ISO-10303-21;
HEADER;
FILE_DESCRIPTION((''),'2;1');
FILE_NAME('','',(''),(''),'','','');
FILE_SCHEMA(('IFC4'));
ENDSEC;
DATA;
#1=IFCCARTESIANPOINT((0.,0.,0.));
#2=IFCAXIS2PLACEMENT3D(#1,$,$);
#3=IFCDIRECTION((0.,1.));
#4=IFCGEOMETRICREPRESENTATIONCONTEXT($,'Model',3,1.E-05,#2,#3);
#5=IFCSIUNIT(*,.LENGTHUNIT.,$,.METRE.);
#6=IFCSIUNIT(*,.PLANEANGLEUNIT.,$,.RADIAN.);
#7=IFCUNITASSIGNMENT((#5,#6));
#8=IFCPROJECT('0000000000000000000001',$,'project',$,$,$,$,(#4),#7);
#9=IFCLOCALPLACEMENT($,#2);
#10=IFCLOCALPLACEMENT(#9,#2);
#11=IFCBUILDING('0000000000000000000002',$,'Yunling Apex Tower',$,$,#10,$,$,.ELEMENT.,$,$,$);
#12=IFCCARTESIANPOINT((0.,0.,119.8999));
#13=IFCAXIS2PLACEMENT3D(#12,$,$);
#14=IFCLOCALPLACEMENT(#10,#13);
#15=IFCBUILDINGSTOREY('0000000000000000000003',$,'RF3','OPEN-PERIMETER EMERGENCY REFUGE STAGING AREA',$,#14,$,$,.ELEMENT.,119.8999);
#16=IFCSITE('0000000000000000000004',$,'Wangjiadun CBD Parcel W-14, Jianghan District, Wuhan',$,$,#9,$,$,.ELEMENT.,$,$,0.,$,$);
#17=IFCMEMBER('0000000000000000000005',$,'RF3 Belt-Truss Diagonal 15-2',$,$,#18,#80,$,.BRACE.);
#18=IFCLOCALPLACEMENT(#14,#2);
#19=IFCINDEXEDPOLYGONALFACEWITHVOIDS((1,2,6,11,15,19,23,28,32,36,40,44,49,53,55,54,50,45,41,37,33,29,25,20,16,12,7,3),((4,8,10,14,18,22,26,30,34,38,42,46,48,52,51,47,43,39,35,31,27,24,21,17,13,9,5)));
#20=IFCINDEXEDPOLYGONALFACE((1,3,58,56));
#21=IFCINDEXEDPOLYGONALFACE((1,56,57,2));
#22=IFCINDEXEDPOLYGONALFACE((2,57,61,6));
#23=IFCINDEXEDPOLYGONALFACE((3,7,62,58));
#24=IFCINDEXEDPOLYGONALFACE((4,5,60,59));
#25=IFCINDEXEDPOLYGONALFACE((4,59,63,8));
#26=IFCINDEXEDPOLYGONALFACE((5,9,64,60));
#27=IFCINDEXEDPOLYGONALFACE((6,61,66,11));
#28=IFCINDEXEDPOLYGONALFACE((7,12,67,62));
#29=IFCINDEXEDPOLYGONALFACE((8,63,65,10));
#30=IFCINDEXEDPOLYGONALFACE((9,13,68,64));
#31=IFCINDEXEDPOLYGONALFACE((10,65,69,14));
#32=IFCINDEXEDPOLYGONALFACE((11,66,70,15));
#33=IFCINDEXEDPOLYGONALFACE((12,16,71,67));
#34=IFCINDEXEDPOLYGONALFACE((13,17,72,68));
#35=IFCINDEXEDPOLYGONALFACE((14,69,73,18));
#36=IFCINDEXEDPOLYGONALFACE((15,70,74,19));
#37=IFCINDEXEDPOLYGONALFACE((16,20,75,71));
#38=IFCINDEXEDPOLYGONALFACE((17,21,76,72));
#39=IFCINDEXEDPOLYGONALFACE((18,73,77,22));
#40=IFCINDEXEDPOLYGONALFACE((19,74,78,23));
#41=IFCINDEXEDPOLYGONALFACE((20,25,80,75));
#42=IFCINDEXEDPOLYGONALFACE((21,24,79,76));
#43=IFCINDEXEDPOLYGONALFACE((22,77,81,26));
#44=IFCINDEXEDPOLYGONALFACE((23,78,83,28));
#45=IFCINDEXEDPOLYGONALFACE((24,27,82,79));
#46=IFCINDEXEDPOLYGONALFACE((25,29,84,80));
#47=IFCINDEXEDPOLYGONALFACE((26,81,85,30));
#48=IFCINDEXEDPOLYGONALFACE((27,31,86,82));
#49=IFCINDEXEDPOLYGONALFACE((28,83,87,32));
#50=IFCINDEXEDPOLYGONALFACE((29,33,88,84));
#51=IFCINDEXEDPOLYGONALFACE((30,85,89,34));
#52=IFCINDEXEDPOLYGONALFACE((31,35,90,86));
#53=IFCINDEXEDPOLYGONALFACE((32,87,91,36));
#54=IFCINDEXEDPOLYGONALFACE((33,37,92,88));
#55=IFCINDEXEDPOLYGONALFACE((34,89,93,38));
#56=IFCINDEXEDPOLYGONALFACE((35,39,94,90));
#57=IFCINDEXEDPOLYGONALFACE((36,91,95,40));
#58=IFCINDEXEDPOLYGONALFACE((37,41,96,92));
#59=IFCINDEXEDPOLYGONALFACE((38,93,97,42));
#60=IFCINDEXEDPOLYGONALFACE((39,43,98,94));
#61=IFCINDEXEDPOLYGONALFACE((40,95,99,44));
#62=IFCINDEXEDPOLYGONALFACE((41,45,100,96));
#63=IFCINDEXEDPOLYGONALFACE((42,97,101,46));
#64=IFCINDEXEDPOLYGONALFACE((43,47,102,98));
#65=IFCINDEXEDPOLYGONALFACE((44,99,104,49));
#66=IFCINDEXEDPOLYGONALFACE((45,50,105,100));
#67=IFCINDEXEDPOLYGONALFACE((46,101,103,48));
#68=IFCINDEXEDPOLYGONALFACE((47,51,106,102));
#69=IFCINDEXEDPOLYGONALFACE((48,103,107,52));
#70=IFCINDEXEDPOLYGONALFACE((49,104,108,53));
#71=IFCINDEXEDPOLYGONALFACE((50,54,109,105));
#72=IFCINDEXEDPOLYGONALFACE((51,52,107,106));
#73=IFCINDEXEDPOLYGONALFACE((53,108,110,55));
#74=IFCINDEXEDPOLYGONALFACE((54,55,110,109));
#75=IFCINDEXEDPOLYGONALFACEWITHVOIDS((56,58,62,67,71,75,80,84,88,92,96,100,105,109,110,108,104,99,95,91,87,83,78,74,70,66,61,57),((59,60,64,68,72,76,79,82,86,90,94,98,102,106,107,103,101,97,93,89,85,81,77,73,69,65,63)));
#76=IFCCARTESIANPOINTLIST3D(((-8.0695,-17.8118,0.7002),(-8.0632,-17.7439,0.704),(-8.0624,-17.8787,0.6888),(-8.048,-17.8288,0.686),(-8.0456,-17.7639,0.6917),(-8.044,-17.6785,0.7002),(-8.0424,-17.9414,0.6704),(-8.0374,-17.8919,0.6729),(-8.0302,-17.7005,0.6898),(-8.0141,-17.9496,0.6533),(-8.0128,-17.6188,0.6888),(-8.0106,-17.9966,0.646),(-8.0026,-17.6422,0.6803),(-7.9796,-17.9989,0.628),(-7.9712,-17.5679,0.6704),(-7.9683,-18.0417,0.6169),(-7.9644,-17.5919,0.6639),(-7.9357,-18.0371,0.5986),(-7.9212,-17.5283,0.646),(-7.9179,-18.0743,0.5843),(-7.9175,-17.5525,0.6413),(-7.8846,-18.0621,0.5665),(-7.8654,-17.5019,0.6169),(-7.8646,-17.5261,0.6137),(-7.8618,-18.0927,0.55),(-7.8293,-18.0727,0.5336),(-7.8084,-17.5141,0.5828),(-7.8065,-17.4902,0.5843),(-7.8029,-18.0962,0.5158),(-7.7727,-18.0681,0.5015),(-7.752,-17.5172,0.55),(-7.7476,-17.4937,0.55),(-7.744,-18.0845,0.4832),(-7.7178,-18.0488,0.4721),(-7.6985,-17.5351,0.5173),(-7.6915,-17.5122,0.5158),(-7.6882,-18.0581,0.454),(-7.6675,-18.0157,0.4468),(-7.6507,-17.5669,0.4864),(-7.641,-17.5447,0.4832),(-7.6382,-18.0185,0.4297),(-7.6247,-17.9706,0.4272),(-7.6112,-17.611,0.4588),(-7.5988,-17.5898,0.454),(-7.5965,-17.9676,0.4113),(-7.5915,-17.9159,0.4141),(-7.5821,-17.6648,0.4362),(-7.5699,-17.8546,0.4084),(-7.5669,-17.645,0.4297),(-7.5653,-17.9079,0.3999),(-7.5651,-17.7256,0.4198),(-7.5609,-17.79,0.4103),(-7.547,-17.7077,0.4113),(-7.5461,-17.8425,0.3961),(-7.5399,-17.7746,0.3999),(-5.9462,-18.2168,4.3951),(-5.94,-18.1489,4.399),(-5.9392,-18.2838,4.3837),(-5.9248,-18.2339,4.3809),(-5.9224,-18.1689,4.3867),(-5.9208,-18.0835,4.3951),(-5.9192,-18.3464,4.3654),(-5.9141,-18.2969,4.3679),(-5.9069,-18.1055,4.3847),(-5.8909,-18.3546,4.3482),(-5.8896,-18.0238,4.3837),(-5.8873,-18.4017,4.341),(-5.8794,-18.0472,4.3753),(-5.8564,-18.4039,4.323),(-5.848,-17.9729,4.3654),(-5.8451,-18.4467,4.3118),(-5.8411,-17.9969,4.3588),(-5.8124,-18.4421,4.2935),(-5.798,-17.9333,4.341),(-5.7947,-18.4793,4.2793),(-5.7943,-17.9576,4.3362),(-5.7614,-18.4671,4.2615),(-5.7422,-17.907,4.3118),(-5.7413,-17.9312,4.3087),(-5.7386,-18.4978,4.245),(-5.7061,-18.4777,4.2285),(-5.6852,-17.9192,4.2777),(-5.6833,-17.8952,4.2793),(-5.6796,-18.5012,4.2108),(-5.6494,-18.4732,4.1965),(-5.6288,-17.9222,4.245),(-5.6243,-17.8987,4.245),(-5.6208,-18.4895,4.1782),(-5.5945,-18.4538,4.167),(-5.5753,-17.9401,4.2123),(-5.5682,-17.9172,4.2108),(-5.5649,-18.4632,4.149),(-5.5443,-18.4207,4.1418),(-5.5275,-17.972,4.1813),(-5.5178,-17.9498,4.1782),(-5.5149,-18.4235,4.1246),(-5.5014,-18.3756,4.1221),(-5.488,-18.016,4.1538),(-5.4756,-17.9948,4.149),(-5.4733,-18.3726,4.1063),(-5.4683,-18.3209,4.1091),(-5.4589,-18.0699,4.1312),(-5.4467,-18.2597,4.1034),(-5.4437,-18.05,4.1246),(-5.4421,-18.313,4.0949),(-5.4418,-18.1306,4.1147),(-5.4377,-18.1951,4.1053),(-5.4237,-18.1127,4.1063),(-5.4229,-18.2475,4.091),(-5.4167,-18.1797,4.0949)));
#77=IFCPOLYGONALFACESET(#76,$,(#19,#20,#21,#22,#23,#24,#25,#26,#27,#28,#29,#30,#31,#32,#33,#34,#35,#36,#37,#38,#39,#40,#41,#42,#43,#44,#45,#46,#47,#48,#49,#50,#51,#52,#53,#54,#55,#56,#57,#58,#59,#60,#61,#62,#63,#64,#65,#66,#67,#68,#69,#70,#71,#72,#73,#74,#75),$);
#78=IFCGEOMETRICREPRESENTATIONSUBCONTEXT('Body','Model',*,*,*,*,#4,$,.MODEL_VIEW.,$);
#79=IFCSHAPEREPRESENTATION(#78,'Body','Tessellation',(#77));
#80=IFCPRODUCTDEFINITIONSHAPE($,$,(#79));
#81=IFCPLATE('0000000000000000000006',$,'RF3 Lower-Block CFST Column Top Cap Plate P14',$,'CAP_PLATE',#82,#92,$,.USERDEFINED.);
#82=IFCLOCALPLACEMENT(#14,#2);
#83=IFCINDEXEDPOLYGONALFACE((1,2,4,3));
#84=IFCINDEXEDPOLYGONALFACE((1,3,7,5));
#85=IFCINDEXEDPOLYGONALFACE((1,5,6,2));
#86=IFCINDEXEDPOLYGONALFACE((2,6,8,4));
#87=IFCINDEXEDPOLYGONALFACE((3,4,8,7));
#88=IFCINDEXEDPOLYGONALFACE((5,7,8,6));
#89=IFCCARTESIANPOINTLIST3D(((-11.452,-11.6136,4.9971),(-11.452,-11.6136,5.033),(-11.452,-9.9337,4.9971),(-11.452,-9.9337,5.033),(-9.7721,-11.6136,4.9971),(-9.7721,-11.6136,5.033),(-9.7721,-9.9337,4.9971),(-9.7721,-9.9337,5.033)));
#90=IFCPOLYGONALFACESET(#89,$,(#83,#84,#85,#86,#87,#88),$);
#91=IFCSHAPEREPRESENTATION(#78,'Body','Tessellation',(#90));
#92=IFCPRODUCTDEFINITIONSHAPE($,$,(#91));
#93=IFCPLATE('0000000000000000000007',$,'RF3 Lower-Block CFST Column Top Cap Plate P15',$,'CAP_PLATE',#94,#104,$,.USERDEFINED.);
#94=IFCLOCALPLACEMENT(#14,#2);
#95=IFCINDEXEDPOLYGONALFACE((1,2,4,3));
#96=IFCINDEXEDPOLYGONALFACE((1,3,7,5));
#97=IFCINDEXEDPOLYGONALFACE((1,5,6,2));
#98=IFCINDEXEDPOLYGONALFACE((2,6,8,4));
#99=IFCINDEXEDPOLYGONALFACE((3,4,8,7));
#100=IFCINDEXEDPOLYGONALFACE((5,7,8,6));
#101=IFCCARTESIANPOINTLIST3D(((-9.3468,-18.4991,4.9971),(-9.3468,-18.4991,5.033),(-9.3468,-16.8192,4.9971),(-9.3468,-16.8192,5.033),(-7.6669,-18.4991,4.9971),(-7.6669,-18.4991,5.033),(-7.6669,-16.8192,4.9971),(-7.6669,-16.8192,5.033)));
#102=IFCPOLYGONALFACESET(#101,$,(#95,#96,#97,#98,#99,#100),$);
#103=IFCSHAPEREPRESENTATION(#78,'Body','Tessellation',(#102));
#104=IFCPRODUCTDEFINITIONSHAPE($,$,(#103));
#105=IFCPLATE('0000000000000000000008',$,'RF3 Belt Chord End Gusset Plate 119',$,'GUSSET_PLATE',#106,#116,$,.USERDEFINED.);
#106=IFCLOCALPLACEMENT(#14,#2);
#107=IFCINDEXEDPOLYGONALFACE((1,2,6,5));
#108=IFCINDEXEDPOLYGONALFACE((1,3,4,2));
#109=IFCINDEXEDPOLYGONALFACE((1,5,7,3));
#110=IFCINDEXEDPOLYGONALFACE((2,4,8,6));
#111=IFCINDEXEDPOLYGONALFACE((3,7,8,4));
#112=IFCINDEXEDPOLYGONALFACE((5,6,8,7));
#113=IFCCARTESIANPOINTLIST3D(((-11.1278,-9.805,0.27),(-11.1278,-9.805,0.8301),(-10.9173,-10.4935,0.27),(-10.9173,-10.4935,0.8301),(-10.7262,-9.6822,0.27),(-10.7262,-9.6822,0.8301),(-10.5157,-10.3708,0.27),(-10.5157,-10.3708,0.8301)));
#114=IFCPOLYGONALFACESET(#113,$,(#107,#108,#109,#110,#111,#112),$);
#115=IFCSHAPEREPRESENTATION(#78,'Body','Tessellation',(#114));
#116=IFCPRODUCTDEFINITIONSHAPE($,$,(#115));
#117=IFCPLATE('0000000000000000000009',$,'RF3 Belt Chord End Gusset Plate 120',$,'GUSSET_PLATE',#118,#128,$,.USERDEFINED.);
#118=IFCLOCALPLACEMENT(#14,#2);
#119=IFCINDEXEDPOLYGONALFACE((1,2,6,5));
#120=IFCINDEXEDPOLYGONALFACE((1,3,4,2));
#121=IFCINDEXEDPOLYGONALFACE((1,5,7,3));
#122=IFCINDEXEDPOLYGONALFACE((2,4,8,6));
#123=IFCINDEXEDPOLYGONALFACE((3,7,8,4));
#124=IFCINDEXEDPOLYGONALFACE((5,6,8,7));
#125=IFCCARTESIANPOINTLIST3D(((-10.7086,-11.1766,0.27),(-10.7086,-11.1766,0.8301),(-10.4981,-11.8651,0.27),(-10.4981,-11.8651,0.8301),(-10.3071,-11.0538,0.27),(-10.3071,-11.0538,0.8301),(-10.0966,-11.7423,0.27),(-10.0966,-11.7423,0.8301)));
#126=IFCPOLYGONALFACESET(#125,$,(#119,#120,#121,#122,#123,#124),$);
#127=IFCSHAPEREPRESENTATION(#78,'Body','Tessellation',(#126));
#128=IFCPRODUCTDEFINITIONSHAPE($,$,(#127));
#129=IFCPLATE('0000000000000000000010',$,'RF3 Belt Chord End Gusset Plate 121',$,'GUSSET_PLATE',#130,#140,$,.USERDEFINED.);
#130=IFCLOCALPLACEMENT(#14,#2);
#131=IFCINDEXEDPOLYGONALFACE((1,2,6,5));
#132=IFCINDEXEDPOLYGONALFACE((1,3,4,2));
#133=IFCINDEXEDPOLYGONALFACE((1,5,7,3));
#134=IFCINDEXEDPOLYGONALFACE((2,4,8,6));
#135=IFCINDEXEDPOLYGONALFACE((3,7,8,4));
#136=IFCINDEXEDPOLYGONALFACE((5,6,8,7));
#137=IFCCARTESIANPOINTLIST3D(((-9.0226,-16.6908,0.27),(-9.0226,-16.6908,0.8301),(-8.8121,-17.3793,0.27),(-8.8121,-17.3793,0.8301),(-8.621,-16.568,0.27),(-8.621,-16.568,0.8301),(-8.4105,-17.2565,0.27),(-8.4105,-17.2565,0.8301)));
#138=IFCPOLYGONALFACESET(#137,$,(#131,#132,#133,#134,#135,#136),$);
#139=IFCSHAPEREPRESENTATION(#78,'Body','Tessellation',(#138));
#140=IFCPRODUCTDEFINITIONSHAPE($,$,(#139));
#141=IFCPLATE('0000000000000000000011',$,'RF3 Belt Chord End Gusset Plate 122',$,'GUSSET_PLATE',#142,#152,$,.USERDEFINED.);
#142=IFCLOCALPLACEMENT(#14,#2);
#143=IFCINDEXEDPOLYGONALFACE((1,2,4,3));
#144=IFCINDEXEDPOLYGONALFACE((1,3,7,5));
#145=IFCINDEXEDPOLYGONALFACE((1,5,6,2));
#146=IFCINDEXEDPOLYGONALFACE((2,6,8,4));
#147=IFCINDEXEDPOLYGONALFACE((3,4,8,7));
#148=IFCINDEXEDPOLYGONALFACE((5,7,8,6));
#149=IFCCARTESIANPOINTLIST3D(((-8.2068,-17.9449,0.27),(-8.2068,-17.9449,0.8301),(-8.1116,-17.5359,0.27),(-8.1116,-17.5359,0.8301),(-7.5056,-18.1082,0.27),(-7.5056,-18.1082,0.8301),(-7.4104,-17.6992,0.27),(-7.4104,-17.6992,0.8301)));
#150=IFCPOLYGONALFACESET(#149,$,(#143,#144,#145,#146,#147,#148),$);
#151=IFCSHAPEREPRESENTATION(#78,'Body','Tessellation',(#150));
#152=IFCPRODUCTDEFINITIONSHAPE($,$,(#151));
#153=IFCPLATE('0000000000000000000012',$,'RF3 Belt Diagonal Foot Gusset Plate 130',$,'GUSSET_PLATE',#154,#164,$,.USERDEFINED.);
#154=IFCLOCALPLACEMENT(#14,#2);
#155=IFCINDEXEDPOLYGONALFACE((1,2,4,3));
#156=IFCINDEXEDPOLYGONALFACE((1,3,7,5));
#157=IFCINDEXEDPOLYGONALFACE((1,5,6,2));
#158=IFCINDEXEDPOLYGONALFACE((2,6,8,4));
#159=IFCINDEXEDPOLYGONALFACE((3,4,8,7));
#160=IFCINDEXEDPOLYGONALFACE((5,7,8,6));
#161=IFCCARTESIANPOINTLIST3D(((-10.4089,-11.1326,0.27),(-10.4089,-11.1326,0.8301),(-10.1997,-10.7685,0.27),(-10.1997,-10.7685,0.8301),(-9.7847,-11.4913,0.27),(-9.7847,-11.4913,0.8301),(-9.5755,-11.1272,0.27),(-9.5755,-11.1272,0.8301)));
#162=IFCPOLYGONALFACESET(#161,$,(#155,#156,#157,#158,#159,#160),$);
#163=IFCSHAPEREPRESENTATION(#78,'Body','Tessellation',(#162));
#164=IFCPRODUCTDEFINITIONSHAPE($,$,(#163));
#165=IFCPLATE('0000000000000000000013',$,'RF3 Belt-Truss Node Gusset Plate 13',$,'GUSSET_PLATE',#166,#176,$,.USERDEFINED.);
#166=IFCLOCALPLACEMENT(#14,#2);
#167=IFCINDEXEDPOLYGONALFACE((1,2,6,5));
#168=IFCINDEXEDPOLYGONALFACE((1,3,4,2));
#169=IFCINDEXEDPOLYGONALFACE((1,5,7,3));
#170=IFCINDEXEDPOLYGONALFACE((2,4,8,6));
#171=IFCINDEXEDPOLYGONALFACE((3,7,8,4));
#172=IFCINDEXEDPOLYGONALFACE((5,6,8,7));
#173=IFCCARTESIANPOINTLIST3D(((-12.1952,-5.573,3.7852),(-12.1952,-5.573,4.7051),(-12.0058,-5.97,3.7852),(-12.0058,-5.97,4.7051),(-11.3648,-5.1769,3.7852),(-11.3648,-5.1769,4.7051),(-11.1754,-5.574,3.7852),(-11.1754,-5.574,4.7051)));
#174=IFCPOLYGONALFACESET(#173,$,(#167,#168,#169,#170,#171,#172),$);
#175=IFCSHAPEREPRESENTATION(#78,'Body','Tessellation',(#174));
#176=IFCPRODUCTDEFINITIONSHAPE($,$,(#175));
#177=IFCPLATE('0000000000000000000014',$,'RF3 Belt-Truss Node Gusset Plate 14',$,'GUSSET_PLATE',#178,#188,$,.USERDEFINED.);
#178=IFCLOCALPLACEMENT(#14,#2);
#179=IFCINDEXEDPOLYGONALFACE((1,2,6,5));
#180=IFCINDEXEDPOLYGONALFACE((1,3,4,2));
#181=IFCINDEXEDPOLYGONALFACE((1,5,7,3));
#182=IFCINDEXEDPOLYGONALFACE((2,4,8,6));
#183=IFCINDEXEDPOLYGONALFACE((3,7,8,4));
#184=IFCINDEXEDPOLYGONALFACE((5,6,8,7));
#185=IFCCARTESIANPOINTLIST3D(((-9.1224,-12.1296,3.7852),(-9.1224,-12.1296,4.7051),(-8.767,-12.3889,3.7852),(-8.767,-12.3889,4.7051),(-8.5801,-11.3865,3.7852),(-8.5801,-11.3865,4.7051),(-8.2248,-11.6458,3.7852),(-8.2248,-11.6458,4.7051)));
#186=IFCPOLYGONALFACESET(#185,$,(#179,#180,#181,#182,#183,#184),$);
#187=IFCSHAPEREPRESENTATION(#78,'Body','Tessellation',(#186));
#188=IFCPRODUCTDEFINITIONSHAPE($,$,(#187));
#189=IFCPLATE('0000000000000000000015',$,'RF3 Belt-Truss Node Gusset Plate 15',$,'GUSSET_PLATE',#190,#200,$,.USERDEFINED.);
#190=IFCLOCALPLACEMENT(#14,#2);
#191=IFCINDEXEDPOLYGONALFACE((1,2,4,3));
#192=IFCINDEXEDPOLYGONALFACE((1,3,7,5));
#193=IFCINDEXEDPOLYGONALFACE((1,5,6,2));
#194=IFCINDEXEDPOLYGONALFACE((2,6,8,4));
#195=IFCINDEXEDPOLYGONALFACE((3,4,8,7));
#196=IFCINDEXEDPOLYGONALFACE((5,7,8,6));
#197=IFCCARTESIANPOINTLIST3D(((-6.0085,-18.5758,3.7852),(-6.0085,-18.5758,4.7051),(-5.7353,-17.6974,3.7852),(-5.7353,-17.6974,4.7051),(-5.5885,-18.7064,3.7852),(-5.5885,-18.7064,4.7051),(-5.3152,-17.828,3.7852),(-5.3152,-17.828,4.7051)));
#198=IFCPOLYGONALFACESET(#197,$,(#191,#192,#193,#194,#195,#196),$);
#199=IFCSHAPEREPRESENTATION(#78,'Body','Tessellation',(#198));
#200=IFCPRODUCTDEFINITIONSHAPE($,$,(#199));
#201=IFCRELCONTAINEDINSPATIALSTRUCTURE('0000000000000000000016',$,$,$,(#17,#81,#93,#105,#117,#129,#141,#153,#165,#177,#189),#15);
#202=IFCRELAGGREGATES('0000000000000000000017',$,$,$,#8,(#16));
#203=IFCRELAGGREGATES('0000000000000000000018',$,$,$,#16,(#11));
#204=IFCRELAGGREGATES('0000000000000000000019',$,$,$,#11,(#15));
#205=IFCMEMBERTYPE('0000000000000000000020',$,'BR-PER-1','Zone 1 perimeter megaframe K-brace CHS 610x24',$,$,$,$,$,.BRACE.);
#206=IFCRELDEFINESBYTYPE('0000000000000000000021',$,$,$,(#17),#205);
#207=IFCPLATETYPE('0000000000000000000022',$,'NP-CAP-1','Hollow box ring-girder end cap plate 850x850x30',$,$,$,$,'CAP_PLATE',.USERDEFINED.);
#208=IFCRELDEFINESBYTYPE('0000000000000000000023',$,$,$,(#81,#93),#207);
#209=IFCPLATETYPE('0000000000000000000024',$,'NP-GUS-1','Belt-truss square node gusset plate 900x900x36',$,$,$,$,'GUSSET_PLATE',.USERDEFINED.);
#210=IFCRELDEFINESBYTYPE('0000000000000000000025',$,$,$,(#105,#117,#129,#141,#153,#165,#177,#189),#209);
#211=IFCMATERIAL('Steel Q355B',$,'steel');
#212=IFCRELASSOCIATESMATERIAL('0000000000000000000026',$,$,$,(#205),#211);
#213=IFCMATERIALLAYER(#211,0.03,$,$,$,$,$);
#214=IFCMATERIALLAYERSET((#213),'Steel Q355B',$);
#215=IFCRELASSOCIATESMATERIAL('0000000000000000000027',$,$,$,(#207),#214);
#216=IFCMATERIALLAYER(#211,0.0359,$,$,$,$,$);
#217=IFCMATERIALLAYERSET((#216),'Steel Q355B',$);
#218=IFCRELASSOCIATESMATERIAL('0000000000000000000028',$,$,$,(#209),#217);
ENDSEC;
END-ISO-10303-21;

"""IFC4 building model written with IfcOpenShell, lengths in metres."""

from ifc_helpers import new_model, si_unit, direction, frame, origin, origin_2d, place, context, subcontext, project, spatial, rectangle, hollow_circle, extrude, source, transform, mapped, material, layer, layer_set, material_profile, profile_set, type_object, element, save


model = new_model("IFC4")

# Units and contexts
model_context = context("Model", 3, precision=1e-05, world=origin(), true_north=direction((0.0, 1.0)))
body_context = subcontext(model_context, "Body", "Model", "MODEL_VIEW")
ifc_project = project(units=[si_unit("LENGTHUNIT", "METRE"), si_unit("PLANEANGLEUNIT", "RADIAN")], contexts=[model_context])

# Site, building, storey
site_placement = place(None, origin())
site = spatial("IfcSite", under=ifc_project, at=site_placement, Name="Wangjiadun CBD Parcel W-14, Jianghan District, Wuhan", CompositionType="ELEMENT", RefElevation=0.0)
building_placement = place(site_placement, origin())
building = spatial("IfcBuilding", under=site, at=building_placement, Name="Yunling Apex Tower", CompositionType="ELEMENT")
storey_placement = place(building_placement, frame((0.0, 0.0, 119.8999)))
storey = spatial("IfcBuildingStorey", under=building, at=storey_placement, Name="RF3", Description="OPEN-PERIMETER EMERGENCY REFUGE STAGING AREA", CompositionType="ELEMENT", Elevation=119.8999)

# Shared definitions
ifc_material_1 = material(Name="Steel Q355B", Category="steel")

# Member
ifc_material_profile_1 = material_profile(ifc_material_1, hollow_circle(Radius=0.3049, WallThickness=0.0239, at=origin_2d()))
ifc_profile_set_1 = profile_set([ifc_material_profile_1], Name="Steel Q355B")
member_type_1 = type_object("IfcMemberType", Name="BR-PER-1", Description="Zone 1 perimeter megaframe K-brace CHS 610x24", PredefinedType="BRACE", material=ifc_profile_set_1)
shared_shape_1 = source(origin(), body_context, "Body", "SweptSolid", [
    extrude(hollow_circle(Radius=0.3049, WallThickness=0.0239, at=origin_2d()), origin(), (0.0, 0.0, 1.0), 4.2808),
])
member_1_placement = place(storey_placement, frame((-7.8047, -17.7932, 0.55), z_axis=(0.495994, -0.094614, 0.863156), x_axis=(0.187377, 0.982288, 0.0)))
element("IfcMember", 1, at=member_1_placement, inside=storey, type_object=member_type_1, Name="RF3 Belt-Truss Diagonal 15-2", PredefinedType="BRACE", context=body_context, shape_type="MappedRepresentation", body=[
    mapped(shared_shape_1, transform((0.0, 0.0, 0.0), scale=1.0)),
])

# Plates
ifc_layer_1 = layer(ifc_material_1, 0.03)
ifc_layer_set_1 = layer_set([ifc_layer_1], Name="Steel Q355B")
plate_type_1 = type_object("IfcPlateType", Name="NP-CAP-1", Description="Hollow box ring-girder end cap plate 850x850x30", ElementType="CAP_PLATE", PredefinedType="USERDEFINED", material=ifc_layer_set_1)
shared_shape_2 = source(origin(), body_context, "Body", "SweptSolid", [
    extrude(rectangle(XDim=1.6799, YDim=1.6799, at=origin_2d()), origin(), (0.0, 0.0, 1.0), 0.0359),
])
for number, where, z_axis, x_axis, name in (
    (2, (-10.6121, -10.7737, 4.9971), (0.0, 0.0, 1.0), (1.0, 0.0, 0.0), "RF3 Lower-Block CFST Column Top Cap Plate P14"),
    (3, (-8.5068, -17.6592, 4.9971), (0.0, 0.0, 1.0), (1.0, 0.0, 0.0), "RF3 Lower-Block CFST Column Top Cap Plate P15"),
):
    element("IfcPlate", number, at=place(storey_placement, frame(where, z_axis=z_axis, x_axis=x_axis)), inside=storey, type_object=plate_type_1, Name=name, ObjectType="CAP_PLATE", PredefinedType="USERDEFINED", context=body_context, shape_type="MappedRepresentation", body=[
        mapped(shared_shape_2, transform((0.0, 0.0, 0.0), scale=1.0)),
    ])
ifc_layer_2 = layer(ifc_material_1, 0.0359)
ifc_layer_set_2 = layer_set([ifc_layer_2], Name="Steel Q355B")
plate_type_2 = type_object("IfcPlateType", Name="NP-GUS-1", Description="Belt-truss square node gusset plate 900x900x36", ElementType="GUSSET_PLATE", PredefinedType="USERDEFINED", material=ifc_layer_set_2)
shared_shape_3 = source(origin(), body_context, "Body", "SweptSolid", [
    extrude(rectangle(XDim=0.72, YDim=0.4199, at=origin_2d()), origin(), (0.0, 0.0, 1.0), 0.5601),
])
for number, where, z_axis, x_axis, name in (
    (4, (-10.8218, -10.0879, 0.27), (0.0, 0.0, 1.0), (0.292372, -0.956305, 0.0), "RF3 Belt Chord End Gusset Plate 119"),
    (5, (-10.4026, -11.4595, 0.27), (0.0, 0.0, 1.0), (0.292372, -0.956305, 0.0), "RF3 Belt Chord End Gusset Plate 120"),
    (6, (-8.7166, -16.9736, 0.27), (0.0, 0.0, 1.0), (0.292372, -0.956305, 0.0), "RF3 Belt Chord End Gusset Plate 121"),
    (7, (-7.8086, -17.822, 0.27), (0.0, 0.0, 1.0), (0.973936, -0.226821, 0.0), "RF3 Belt Chord End Gusset Plate 122"),
    (8, (-9.9922, -11.1299, 0.27), (0.0, 0.0, 1.0), (0.867071, -0.498185, 0.0), "RF3 Belt Diagonal Foot Gusset Plate 130"),
):
    element("IfcPlate", number, at=place(storey_placement, frame(where, z_axis=z_axis, x_axis=x_axis)), inside=storey, type_object=plate_type_2, Name=name, ObjectType="GUSSET_PLATE", PredefinedType="USERDEFINED", context=body_context, shape_type="MappedRepresentation", body=[
        mapped(shared_shape_3, transform((0.0, 0.0, 0.0), scale=1.0)),
    ])
shared_shape_4 = source(origin(), body_context, "Body", "SweptSolid", [
    extrude(rectangle(XDim=0.9199, YDim=0.4399, at=origin_2d()), origin(), (0.0, 0.0, 1.0), 0.9199),
])
for number, where, z_axis, x_axis, name in (
    (9, (-11.6853, -5.5735, 3.7852), (0.0, 0.0, 1.0), (-0.902585, -0.430511, 0.0), "RF3 Belt-Truss Node Gusset Plate 13"),
    (10, (-8.6736, -11.8877, 3.7852), (0.0, 0.0, 1.0), (-0.589478, -0.807784, 0.0), "RF3 Belt-Truss Node Gusset Plate 14"),
    (11, (-5.6619, -18.2019, 3.7852), (0.0, 0.0, 1.0), (-0.297042, -0.954865, 0.0), "RF3 Belt-Truss Node Gusset Plate 15"),
):
    element("IfcPlate", number, at=place(storey_placement, frame(where, z_axis=z_axis, x_axis=x_axis)), inside=storey, type_object=plate_type_2, Name=name, ObjectType="GUSSET_PLATE", PredefinedType="USERDEFINED", context=body_context, shape_type="MappedRepresentation", body=[
        mapped(shared_shape_4, transform((0.0, 0.0, 0.0), scale=1.0)),
    ])

save(model, "model.ifc")
